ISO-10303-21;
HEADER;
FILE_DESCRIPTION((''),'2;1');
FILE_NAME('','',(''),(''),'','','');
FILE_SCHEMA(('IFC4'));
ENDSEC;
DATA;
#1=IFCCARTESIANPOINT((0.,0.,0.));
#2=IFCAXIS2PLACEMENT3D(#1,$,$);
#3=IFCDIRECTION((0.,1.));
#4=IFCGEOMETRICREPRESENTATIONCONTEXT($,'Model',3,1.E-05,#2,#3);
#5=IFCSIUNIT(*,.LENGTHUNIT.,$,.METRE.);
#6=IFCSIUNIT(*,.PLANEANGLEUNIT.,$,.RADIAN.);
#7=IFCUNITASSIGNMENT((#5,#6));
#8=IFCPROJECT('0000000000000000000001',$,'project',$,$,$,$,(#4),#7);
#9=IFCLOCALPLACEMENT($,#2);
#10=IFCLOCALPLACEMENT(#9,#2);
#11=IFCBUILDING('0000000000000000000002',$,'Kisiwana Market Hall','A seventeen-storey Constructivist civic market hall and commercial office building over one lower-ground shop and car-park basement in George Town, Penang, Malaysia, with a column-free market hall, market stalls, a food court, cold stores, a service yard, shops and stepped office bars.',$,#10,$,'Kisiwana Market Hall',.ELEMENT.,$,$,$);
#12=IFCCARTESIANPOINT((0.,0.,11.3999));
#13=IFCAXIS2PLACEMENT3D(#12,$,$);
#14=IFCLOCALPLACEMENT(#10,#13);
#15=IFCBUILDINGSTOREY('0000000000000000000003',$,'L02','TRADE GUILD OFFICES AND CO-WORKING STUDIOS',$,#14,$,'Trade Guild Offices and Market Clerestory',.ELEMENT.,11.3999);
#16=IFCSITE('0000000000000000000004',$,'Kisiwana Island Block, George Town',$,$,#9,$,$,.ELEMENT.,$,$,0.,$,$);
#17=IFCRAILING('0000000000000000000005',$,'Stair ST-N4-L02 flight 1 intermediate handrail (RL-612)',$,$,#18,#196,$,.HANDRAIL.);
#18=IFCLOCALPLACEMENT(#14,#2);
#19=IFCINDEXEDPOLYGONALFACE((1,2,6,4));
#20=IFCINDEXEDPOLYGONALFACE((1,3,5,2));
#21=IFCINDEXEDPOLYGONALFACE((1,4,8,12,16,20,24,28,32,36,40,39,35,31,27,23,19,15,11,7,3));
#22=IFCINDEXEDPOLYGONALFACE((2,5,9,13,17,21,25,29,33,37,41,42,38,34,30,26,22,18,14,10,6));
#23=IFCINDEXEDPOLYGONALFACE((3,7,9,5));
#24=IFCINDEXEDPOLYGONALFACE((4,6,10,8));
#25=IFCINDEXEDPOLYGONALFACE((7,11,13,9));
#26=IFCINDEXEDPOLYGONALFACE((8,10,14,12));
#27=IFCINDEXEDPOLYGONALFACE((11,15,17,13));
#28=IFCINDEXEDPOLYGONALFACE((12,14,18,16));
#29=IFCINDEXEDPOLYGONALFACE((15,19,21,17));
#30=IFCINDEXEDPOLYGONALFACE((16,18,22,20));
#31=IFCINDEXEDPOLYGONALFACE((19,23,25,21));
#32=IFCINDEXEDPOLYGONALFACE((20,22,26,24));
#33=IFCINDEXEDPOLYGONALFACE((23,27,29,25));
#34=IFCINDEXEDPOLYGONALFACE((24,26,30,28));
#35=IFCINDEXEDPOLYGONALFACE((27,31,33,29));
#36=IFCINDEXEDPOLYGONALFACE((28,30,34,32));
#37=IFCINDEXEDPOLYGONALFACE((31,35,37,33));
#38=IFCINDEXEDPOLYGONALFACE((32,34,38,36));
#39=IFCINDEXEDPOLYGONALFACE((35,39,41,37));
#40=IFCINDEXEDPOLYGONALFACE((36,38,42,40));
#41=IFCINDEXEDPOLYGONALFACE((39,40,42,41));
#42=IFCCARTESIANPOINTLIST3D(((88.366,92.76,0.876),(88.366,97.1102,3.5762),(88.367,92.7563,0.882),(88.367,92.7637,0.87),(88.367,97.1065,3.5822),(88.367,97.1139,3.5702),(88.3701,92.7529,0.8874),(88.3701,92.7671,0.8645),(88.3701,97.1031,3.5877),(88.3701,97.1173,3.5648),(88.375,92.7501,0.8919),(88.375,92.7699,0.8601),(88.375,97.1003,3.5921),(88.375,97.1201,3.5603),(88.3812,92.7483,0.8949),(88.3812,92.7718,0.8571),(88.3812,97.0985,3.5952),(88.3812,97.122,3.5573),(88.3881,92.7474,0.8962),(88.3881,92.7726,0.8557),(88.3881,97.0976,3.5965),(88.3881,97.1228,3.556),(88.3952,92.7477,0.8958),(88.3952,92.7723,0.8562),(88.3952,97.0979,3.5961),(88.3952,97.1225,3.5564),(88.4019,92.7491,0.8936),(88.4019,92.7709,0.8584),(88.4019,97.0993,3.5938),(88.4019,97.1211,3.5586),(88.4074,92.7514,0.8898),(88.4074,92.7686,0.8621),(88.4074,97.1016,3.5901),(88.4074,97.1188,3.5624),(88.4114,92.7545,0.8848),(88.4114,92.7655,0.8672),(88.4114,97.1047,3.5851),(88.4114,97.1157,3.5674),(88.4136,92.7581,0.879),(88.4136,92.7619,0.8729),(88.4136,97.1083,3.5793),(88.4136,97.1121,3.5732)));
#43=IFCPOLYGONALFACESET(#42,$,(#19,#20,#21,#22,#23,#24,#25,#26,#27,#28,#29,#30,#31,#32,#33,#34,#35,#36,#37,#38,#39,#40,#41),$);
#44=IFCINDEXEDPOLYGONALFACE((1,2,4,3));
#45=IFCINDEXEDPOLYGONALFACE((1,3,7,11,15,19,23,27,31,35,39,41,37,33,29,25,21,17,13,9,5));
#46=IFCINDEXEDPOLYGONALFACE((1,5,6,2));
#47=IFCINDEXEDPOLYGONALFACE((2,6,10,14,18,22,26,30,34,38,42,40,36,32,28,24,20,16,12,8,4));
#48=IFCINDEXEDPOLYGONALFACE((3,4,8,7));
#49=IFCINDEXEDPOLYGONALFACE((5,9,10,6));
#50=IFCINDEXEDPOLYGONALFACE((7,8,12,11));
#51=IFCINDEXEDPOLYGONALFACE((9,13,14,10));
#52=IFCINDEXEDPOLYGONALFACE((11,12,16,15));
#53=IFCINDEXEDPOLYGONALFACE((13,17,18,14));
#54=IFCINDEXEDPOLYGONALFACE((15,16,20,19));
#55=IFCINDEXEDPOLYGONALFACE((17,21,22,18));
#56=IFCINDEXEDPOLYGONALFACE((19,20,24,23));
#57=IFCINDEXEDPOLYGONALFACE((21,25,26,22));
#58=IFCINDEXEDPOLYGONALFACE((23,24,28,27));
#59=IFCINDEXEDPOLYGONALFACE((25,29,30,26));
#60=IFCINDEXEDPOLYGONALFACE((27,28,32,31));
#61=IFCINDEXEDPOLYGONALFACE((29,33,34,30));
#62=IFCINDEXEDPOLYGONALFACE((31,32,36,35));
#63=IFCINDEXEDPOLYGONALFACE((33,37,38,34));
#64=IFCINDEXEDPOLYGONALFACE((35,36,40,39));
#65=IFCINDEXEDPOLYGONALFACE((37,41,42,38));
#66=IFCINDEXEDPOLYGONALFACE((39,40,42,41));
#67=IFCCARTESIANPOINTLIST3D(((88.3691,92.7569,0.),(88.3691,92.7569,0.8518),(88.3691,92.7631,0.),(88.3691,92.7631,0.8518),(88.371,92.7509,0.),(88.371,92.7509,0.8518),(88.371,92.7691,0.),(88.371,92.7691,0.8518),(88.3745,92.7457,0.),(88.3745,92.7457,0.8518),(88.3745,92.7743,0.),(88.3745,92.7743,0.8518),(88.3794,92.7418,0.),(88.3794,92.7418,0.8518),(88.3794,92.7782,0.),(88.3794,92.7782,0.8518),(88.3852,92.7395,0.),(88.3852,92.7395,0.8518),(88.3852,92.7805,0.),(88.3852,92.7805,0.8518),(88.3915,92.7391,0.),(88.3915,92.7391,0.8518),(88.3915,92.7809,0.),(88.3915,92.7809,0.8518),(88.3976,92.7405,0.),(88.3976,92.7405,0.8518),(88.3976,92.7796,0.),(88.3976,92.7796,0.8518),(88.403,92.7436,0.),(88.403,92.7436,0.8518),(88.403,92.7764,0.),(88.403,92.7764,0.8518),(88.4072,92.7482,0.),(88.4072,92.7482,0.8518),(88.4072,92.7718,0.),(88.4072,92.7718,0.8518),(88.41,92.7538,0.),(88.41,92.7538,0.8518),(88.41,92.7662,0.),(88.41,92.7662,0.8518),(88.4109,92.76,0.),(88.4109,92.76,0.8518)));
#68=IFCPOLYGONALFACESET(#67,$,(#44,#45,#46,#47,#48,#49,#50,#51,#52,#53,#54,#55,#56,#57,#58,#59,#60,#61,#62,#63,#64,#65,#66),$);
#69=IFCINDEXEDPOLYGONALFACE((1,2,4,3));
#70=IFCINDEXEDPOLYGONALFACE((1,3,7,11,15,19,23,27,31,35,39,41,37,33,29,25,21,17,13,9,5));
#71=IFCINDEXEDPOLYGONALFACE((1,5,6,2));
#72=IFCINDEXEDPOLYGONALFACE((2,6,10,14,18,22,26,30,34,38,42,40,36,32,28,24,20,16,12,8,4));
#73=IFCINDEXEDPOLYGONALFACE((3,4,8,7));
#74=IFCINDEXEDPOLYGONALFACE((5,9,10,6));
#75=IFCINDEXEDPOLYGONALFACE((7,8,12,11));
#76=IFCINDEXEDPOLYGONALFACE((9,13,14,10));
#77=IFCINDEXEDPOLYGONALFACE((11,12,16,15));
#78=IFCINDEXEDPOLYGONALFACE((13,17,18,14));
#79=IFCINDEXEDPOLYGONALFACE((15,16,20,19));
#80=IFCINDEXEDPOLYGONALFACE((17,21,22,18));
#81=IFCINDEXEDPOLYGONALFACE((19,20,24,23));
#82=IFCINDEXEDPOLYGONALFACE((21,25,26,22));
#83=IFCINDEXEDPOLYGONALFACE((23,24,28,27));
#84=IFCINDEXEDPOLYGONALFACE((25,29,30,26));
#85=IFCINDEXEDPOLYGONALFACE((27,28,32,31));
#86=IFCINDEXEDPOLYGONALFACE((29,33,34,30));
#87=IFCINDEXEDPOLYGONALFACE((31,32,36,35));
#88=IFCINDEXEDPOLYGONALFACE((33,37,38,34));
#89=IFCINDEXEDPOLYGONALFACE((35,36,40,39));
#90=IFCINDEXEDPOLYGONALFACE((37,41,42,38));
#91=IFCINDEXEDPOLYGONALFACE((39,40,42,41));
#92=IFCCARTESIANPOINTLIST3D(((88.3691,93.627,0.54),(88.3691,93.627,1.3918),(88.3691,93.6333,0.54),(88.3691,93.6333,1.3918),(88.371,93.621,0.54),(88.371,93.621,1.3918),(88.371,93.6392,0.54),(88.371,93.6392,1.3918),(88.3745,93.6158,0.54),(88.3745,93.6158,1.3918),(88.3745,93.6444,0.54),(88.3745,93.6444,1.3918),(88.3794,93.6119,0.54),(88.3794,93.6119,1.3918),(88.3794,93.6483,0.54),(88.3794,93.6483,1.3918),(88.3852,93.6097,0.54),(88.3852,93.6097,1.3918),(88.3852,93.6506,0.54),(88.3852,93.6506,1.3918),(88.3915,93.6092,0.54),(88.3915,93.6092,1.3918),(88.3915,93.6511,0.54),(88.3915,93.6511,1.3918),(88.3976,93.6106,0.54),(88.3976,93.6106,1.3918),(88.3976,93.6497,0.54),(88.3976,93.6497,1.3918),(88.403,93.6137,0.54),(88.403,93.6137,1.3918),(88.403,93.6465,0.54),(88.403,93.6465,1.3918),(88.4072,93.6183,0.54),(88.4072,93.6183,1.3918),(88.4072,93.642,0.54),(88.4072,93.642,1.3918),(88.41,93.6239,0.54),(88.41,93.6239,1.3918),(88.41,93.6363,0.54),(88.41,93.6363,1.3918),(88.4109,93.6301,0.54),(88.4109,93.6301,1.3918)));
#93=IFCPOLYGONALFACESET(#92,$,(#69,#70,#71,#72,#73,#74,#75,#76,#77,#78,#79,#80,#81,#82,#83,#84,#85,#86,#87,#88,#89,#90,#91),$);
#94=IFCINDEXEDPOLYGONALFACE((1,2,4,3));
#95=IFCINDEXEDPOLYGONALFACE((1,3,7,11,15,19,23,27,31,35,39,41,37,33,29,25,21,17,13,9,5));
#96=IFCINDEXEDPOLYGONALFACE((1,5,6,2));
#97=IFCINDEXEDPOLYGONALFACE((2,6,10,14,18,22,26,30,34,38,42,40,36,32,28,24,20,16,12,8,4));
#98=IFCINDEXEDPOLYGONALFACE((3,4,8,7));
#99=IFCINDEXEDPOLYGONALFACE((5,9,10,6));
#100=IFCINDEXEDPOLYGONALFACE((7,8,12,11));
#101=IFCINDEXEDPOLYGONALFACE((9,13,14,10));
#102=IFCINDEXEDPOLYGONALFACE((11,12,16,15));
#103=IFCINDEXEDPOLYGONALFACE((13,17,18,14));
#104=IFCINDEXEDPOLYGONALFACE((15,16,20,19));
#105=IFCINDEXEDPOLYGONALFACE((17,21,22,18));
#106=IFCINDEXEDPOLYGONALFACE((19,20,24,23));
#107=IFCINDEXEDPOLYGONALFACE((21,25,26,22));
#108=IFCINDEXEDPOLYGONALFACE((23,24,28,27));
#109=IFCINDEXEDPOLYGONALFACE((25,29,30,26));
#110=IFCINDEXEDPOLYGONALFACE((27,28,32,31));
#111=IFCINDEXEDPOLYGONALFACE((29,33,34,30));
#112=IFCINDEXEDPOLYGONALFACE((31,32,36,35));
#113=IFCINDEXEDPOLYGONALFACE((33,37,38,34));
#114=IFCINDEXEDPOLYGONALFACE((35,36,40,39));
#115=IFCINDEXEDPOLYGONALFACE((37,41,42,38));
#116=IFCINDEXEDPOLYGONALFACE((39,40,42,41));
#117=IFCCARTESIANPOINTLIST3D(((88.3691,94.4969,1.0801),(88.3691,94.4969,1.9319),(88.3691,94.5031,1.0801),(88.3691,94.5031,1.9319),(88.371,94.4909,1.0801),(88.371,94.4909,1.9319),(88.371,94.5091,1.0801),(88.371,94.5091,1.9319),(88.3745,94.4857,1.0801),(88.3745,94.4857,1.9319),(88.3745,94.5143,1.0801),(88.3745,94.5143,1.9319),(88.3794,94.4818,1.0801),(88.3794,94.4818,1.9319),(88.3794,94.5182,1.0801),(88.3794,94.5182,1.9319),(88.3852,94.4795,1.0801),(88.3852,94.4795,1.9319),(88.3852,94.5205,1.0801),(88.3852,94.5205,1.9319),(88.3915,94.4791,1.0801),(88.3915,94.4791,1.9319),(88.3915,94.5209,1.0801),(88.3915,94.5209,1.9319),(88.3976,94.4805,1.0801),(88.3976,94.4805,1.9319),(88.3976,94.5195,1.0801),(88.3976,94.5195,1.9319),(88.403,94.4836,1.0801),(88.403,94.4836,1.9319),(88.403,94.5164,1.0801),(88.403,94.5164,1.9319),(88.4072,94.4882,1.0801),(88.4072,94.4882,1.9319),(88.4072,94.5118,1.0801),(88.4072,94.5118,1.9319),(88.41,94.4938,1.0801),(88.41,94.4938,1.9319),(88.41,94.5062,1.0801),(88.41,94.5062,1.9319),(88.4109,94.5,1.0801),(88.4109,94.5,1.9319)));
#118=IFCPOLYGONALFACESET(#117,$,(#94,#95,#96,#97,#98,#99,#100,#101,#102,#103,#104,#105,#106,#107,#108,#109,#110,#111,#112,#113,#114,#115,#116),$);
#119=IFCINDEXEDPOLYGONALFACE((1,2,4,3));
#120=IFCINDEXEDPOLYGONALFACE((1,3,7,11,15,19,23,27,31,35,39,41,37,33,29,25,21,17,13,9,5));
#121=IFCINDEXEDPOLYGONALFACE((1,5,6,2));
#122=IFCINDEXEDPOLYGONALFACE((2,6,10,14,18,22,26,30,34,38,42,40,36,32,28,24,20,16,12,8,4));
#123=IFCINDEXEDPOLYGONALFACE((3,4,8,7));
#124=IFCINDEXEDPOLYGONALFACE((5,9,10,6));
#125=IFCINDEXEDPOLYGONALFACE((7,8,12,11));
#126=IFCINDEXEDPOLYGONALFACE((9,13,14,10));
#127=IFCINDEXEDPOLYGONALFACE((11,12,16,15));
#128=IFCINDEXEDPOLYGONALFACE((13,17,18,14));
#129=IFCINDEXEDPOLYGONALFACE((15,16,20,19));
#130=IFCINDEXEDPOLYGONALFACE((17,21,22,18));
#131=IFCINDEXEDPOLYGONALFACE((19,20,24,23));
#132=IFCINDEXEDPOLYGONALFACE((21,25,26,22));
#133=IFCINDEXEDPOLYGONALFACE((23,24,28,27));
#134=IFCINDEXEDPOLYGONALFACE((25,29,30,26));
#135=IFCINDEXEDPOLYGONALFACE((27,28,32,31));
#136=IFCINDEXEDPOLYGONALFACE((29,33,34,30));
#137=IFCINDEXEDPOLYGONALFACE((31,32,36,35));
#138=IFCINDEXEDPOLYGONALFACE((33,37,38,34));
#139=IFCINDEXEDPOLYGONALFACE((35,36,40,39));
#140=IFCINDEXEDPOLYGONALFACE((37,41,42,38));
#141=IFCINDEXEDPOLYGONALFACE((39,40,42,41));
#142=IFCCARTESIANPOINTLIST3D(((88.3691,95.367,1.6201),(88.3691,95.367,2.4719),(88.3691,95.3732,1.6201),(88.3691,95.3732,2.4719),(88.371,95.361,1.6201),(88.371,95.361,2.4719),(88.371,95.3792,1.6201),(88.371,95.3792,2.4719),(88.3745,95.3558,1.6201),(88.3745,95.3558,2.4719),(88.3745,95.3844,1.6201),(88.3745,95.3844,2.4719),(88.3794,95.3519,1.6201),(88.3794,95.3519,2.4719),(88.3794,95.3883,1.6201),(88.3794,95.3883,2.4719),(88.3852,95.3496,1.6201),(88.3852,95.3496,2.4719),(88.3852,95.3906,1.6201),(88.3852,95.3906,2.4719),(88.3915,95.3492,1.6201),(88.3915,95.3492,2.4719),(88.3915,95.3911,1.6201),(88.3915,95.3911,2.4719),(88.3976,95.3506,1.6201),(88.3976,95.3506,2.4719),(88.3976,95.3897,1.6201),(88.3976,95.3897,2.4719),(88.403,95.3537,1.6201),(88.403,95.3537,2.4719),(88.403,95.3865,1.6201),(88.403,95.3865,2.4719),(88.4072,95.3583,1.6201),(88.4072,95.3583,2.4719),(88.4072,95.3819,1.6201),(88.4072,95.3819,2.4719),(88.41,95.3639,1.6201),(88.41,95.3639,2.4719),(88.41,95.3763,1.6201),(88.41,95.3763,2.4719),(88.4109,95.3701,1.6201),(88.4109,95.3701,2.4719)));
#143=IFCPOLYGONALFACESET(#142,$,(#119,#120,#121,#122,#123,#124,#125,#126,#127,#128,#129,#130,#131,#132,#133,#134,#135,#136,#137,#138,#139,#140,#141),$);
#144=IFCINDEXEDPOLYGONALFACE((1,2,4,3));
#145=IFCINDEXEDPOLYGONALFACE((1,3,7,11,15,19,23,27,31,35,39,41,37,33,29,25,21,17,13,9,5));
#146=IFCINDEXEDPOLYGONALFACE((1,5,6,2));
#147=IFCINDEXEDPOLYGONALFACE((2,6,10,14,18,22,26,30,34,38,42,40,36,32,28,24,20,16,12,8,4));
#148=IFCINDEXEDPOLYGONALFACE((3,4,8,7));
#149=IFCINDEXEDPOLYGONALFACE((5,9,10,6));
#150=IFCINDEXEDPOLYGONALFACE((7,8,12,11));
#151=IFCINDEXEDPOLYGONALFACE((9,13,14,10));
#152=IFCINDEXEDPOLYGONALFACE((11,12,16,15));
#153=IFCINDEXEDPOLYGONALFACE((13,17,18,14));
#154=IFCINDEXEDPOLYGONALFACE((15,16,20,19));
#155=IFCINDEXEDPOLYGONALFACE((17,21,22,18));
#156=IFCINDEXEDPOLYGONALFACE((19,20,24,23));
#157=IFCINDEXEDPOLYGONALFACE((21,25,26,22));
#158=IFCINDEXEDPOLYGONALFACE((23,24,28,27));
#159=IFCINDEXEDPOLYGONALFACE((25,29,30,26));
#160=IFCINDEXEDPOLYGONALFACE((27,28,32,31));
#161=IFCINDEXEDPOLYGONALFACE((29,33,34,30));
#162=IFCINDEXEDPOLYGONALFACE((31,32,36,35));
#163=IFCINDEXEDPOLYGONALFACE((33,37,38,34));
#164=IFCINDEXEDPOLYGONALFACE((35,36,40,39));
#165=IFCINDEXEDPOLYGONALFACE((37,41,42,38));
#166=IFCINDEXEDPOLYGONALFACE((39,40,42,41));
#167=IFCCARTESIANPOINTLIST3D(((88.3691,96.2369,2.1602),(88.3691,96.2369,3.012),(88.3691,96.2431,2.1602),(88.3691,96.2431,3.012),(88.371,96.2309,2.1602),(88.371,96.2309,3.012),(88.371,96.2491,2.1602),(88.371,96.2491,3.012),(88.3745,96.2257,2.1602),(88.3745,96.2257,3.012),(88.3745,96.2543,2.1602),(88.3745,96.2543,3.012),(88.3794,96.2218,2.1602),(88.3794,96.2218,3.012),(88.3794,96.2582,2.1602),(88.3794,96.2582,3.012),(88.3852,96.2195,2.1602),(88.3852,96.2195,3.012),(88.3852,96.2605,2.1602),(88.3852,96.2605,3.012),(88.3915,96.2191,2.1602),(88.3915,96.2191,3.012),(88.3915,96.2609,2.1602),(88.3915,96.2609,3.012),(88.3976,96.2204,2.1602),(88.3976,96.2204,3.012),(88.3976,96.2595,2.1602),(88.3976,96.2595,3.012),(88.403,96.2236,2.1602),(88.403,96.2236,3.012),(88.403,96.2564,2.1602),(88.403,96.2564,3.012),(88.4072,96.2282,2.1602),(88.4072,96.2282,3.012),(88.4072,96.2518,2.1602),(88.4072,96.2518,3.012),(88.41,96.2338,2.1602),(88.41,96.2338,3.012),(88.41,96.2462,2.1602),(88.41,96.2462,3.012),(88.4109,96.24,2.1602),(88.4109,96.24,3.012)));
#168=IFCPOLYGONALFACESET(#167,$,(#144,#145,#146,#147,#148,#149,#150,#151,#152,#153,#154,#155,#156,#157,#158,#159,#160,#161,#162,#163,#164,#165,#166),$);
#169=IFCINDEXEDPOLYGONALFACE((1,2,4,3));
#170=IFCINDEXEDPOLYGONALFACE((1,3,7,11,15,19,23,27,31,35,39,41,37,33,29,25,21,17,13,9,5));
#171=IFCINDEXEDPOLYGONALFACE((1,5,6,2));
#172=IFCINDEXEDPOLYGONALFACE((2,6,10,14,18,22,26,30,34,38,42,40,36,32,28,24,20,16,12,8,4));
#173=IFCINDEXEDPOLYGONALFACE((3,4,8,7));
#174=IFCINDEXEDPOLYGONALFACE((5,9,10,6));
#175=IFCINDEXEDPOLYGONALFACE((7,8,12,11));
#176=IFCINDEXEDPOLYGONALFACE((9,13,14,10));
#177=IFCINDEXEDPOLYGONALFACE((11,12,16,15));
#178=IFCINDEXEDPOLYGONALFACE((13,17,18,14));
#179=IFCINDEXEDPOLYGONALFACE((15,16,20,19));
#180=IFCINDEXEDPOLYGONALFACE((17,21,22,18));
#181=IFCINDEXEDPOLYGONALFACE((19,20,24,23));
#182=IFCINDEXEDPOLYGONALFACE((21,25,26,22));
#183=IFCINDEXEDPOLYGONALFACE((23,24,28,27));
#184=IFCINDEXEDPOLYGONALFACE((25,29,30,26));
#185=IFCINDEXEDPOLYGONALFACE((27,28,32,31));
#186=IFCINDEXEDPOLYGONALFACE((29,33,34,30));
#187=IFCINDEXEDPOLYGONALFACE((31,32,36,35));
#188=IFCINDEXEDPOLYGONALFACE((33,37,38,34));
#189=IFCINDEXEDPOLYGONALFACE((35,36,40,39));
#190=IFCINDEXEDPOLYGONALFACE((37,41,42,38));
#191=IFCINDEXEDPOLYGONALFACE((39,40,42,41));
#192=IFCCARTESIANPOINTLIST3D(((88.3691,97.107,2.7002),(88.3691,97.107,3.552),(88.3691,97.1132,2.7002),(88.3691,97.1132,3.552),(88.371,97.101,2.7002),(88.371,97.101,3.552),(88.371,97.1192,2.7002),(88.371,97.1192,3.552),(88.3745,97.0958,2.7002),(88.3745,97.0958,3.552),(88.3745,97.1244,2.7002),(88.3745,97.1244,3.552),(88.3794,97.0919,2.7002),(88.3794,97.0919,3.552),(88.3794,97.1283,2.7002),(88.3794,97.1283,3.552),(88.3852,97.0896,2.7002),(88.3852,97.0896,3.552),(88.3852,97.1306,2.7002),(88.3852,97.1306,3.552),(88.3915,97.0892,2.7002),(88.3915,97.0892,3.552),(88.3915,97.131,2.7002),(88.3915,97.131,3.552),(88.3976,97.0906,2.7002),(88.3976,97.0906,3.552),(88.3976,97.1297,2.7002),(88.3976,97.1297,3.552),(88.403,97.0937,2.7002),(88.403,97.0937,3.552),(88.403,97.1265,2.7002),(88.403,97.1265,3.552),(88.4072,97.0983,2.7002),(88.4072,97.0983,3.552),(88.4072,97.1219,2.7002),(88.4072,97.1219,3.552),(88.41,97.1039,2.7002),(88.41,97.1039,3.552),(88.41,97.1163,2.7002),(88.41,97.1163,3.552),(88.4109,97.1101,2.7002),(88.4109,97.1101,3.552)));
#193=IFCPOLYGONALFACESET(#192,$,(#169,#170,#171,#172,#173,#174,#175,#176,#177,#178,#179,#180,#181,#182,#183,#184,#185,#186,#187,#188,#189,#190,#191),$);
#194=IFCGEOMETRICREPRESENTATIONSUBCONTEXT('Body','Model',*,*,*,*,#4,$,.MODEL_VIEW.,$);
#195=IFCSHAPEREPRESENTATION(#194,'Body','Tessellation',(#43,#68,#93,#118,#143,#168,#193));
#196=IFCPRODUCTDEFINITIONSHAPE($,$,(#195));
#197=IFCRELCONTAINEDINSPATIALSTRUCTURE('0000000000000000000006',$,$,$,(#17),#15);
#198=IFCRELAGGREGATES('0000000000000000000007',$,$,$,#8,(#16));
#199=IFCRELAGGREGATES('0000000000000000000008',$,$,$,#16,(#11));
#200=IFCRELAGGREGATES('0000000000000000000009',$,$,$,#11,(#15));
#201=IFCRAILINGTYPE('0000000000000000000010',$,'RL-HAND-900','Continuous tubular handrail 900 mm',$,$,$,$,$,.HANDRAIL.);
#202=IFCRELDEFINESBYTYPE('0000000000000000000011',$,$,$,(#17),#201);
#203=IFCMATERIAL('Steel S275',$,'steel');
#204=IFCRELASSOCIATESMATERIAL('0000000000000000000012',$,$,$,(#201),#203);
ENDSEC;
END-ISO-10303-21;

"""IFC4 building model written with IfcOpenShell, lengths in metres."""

from ifc_helpers import new_model, si_unit, direction, frame, origin, origin_2d, place, context, subcontext, project, spatial, circle, extrude, material, type_object, element, save


model = new_model("IFC4")

# Units and contexts
model_context = context("Model", 3, precision=1e-05, world=origin(), true_north=direction((0.0, 1.0)))
body_context = subcontext(model_context, "Body", "Model", "MODEL_VIEW")
ifc_project = project(units=[si_unit("LENGTHUNIT", "METRE"), si_unit("PLANEANGLEUNIT", "RADIAN")], contexts=[model_context])

# Site, building, storey
site_placement = place(None, origin())
site = spatial("IfcSite", under=ifc_project, at=site_placement, Name="Kisiwana Island Block, George Town", CompositionType="ELEMENT", RefElevation=0.0)
building_placement = place(site_placement, origin())
building = spatial("IfcBuilding", under=site, at=building_placement, Name="Kisiwana Market Hall", Description="A seventeen-storey Constructivist civic market hall and commercial office building over one lower-ground shop and car-park basement in George Town, Penang, Malaysia, with a column-free market hall, market stalls, a food court, cold stores, a service yard, shops and stepped office bars.", LongName="Kisiwana Market Hall", CompositionType="ELEMENT")
storey_placement = place(building_placement, frame((0.0, 0.0, 11.3999)))
storey = spatial("IfcBuildingStorey", under=building, at=storey_placement, Name="L02", Description="TRADE GUILD OFFICES AND CO-WORKING STUDIOS", LongName="Trade Guild Offices and Market Clerestory", CompositionType="ELEMENT", Elevation=11.3999)

# Railing
ifc_material_1 = material(Name="Steel S275", Category="steel")
railing_type_1 = type_object("IfcRailingType", Name="RL-HAND-900", Description="Continuous tubular handrail 900 mm", PredefinedType="HANDRAIL", material=ifc_material_1)
railing_1_placement = place(storey_placement, frame((88.3899, 92.76, 0.0)))
element("IfcRailing", 1, at=railing_1_placement, inside=storey, type_object=railing_type_1, Name="Stair ST-N4-L02 flight 1 intermediate handrail (RL-612)", PredefinedType="HANDRAIL", context=body_context, shape_type="SweptSolid", body=[
    extrude(circle(Radius=0.0239, at=origin_2d()), frame((0.0, 0.0, 0.876), z_axis=(0.0, 0.849628, 0.527382), x_axis=(-1.0, 0.0, 0.0)), (0.0, 0.0, 1.0), 5.1201),
    extrude(circle(Radius=0.021, at=origin_2d()), origin(), (0.0, 0.0, 1.0), 0.8518),
    extrude(circle(Radius=0.021, at=origin_2d()), frame((0.0, 0.8701, 0.54)), (0.0, 0.0, 1.0), 0.8518),
    extrude(circle(Radius=0.021, at=origin_2d()), frame((0.0, 1.74, 1.0801)), (0.0, 0.0, 1.0), 0.8518),
    extrude(circle(Radius=0.021, at=origin_2d()), frame((0.0, 2.6101, 1.6201)), (0.0, 0.0, 1.0), 0.8518),
    extrude(circle(Radius=0.021, at=origin_2d()), frame((0.0, 3.48, 2.1602)), (0.0, 0.0, 1.0), 0.8518),
    extrude(circle(Radius=0.021, at=origin_2d()), frame((0.0, 4.3501, 2.7002)), (0.0, 0.0, 1.0), 0.8518),
])

save(model, "model.ifc")
